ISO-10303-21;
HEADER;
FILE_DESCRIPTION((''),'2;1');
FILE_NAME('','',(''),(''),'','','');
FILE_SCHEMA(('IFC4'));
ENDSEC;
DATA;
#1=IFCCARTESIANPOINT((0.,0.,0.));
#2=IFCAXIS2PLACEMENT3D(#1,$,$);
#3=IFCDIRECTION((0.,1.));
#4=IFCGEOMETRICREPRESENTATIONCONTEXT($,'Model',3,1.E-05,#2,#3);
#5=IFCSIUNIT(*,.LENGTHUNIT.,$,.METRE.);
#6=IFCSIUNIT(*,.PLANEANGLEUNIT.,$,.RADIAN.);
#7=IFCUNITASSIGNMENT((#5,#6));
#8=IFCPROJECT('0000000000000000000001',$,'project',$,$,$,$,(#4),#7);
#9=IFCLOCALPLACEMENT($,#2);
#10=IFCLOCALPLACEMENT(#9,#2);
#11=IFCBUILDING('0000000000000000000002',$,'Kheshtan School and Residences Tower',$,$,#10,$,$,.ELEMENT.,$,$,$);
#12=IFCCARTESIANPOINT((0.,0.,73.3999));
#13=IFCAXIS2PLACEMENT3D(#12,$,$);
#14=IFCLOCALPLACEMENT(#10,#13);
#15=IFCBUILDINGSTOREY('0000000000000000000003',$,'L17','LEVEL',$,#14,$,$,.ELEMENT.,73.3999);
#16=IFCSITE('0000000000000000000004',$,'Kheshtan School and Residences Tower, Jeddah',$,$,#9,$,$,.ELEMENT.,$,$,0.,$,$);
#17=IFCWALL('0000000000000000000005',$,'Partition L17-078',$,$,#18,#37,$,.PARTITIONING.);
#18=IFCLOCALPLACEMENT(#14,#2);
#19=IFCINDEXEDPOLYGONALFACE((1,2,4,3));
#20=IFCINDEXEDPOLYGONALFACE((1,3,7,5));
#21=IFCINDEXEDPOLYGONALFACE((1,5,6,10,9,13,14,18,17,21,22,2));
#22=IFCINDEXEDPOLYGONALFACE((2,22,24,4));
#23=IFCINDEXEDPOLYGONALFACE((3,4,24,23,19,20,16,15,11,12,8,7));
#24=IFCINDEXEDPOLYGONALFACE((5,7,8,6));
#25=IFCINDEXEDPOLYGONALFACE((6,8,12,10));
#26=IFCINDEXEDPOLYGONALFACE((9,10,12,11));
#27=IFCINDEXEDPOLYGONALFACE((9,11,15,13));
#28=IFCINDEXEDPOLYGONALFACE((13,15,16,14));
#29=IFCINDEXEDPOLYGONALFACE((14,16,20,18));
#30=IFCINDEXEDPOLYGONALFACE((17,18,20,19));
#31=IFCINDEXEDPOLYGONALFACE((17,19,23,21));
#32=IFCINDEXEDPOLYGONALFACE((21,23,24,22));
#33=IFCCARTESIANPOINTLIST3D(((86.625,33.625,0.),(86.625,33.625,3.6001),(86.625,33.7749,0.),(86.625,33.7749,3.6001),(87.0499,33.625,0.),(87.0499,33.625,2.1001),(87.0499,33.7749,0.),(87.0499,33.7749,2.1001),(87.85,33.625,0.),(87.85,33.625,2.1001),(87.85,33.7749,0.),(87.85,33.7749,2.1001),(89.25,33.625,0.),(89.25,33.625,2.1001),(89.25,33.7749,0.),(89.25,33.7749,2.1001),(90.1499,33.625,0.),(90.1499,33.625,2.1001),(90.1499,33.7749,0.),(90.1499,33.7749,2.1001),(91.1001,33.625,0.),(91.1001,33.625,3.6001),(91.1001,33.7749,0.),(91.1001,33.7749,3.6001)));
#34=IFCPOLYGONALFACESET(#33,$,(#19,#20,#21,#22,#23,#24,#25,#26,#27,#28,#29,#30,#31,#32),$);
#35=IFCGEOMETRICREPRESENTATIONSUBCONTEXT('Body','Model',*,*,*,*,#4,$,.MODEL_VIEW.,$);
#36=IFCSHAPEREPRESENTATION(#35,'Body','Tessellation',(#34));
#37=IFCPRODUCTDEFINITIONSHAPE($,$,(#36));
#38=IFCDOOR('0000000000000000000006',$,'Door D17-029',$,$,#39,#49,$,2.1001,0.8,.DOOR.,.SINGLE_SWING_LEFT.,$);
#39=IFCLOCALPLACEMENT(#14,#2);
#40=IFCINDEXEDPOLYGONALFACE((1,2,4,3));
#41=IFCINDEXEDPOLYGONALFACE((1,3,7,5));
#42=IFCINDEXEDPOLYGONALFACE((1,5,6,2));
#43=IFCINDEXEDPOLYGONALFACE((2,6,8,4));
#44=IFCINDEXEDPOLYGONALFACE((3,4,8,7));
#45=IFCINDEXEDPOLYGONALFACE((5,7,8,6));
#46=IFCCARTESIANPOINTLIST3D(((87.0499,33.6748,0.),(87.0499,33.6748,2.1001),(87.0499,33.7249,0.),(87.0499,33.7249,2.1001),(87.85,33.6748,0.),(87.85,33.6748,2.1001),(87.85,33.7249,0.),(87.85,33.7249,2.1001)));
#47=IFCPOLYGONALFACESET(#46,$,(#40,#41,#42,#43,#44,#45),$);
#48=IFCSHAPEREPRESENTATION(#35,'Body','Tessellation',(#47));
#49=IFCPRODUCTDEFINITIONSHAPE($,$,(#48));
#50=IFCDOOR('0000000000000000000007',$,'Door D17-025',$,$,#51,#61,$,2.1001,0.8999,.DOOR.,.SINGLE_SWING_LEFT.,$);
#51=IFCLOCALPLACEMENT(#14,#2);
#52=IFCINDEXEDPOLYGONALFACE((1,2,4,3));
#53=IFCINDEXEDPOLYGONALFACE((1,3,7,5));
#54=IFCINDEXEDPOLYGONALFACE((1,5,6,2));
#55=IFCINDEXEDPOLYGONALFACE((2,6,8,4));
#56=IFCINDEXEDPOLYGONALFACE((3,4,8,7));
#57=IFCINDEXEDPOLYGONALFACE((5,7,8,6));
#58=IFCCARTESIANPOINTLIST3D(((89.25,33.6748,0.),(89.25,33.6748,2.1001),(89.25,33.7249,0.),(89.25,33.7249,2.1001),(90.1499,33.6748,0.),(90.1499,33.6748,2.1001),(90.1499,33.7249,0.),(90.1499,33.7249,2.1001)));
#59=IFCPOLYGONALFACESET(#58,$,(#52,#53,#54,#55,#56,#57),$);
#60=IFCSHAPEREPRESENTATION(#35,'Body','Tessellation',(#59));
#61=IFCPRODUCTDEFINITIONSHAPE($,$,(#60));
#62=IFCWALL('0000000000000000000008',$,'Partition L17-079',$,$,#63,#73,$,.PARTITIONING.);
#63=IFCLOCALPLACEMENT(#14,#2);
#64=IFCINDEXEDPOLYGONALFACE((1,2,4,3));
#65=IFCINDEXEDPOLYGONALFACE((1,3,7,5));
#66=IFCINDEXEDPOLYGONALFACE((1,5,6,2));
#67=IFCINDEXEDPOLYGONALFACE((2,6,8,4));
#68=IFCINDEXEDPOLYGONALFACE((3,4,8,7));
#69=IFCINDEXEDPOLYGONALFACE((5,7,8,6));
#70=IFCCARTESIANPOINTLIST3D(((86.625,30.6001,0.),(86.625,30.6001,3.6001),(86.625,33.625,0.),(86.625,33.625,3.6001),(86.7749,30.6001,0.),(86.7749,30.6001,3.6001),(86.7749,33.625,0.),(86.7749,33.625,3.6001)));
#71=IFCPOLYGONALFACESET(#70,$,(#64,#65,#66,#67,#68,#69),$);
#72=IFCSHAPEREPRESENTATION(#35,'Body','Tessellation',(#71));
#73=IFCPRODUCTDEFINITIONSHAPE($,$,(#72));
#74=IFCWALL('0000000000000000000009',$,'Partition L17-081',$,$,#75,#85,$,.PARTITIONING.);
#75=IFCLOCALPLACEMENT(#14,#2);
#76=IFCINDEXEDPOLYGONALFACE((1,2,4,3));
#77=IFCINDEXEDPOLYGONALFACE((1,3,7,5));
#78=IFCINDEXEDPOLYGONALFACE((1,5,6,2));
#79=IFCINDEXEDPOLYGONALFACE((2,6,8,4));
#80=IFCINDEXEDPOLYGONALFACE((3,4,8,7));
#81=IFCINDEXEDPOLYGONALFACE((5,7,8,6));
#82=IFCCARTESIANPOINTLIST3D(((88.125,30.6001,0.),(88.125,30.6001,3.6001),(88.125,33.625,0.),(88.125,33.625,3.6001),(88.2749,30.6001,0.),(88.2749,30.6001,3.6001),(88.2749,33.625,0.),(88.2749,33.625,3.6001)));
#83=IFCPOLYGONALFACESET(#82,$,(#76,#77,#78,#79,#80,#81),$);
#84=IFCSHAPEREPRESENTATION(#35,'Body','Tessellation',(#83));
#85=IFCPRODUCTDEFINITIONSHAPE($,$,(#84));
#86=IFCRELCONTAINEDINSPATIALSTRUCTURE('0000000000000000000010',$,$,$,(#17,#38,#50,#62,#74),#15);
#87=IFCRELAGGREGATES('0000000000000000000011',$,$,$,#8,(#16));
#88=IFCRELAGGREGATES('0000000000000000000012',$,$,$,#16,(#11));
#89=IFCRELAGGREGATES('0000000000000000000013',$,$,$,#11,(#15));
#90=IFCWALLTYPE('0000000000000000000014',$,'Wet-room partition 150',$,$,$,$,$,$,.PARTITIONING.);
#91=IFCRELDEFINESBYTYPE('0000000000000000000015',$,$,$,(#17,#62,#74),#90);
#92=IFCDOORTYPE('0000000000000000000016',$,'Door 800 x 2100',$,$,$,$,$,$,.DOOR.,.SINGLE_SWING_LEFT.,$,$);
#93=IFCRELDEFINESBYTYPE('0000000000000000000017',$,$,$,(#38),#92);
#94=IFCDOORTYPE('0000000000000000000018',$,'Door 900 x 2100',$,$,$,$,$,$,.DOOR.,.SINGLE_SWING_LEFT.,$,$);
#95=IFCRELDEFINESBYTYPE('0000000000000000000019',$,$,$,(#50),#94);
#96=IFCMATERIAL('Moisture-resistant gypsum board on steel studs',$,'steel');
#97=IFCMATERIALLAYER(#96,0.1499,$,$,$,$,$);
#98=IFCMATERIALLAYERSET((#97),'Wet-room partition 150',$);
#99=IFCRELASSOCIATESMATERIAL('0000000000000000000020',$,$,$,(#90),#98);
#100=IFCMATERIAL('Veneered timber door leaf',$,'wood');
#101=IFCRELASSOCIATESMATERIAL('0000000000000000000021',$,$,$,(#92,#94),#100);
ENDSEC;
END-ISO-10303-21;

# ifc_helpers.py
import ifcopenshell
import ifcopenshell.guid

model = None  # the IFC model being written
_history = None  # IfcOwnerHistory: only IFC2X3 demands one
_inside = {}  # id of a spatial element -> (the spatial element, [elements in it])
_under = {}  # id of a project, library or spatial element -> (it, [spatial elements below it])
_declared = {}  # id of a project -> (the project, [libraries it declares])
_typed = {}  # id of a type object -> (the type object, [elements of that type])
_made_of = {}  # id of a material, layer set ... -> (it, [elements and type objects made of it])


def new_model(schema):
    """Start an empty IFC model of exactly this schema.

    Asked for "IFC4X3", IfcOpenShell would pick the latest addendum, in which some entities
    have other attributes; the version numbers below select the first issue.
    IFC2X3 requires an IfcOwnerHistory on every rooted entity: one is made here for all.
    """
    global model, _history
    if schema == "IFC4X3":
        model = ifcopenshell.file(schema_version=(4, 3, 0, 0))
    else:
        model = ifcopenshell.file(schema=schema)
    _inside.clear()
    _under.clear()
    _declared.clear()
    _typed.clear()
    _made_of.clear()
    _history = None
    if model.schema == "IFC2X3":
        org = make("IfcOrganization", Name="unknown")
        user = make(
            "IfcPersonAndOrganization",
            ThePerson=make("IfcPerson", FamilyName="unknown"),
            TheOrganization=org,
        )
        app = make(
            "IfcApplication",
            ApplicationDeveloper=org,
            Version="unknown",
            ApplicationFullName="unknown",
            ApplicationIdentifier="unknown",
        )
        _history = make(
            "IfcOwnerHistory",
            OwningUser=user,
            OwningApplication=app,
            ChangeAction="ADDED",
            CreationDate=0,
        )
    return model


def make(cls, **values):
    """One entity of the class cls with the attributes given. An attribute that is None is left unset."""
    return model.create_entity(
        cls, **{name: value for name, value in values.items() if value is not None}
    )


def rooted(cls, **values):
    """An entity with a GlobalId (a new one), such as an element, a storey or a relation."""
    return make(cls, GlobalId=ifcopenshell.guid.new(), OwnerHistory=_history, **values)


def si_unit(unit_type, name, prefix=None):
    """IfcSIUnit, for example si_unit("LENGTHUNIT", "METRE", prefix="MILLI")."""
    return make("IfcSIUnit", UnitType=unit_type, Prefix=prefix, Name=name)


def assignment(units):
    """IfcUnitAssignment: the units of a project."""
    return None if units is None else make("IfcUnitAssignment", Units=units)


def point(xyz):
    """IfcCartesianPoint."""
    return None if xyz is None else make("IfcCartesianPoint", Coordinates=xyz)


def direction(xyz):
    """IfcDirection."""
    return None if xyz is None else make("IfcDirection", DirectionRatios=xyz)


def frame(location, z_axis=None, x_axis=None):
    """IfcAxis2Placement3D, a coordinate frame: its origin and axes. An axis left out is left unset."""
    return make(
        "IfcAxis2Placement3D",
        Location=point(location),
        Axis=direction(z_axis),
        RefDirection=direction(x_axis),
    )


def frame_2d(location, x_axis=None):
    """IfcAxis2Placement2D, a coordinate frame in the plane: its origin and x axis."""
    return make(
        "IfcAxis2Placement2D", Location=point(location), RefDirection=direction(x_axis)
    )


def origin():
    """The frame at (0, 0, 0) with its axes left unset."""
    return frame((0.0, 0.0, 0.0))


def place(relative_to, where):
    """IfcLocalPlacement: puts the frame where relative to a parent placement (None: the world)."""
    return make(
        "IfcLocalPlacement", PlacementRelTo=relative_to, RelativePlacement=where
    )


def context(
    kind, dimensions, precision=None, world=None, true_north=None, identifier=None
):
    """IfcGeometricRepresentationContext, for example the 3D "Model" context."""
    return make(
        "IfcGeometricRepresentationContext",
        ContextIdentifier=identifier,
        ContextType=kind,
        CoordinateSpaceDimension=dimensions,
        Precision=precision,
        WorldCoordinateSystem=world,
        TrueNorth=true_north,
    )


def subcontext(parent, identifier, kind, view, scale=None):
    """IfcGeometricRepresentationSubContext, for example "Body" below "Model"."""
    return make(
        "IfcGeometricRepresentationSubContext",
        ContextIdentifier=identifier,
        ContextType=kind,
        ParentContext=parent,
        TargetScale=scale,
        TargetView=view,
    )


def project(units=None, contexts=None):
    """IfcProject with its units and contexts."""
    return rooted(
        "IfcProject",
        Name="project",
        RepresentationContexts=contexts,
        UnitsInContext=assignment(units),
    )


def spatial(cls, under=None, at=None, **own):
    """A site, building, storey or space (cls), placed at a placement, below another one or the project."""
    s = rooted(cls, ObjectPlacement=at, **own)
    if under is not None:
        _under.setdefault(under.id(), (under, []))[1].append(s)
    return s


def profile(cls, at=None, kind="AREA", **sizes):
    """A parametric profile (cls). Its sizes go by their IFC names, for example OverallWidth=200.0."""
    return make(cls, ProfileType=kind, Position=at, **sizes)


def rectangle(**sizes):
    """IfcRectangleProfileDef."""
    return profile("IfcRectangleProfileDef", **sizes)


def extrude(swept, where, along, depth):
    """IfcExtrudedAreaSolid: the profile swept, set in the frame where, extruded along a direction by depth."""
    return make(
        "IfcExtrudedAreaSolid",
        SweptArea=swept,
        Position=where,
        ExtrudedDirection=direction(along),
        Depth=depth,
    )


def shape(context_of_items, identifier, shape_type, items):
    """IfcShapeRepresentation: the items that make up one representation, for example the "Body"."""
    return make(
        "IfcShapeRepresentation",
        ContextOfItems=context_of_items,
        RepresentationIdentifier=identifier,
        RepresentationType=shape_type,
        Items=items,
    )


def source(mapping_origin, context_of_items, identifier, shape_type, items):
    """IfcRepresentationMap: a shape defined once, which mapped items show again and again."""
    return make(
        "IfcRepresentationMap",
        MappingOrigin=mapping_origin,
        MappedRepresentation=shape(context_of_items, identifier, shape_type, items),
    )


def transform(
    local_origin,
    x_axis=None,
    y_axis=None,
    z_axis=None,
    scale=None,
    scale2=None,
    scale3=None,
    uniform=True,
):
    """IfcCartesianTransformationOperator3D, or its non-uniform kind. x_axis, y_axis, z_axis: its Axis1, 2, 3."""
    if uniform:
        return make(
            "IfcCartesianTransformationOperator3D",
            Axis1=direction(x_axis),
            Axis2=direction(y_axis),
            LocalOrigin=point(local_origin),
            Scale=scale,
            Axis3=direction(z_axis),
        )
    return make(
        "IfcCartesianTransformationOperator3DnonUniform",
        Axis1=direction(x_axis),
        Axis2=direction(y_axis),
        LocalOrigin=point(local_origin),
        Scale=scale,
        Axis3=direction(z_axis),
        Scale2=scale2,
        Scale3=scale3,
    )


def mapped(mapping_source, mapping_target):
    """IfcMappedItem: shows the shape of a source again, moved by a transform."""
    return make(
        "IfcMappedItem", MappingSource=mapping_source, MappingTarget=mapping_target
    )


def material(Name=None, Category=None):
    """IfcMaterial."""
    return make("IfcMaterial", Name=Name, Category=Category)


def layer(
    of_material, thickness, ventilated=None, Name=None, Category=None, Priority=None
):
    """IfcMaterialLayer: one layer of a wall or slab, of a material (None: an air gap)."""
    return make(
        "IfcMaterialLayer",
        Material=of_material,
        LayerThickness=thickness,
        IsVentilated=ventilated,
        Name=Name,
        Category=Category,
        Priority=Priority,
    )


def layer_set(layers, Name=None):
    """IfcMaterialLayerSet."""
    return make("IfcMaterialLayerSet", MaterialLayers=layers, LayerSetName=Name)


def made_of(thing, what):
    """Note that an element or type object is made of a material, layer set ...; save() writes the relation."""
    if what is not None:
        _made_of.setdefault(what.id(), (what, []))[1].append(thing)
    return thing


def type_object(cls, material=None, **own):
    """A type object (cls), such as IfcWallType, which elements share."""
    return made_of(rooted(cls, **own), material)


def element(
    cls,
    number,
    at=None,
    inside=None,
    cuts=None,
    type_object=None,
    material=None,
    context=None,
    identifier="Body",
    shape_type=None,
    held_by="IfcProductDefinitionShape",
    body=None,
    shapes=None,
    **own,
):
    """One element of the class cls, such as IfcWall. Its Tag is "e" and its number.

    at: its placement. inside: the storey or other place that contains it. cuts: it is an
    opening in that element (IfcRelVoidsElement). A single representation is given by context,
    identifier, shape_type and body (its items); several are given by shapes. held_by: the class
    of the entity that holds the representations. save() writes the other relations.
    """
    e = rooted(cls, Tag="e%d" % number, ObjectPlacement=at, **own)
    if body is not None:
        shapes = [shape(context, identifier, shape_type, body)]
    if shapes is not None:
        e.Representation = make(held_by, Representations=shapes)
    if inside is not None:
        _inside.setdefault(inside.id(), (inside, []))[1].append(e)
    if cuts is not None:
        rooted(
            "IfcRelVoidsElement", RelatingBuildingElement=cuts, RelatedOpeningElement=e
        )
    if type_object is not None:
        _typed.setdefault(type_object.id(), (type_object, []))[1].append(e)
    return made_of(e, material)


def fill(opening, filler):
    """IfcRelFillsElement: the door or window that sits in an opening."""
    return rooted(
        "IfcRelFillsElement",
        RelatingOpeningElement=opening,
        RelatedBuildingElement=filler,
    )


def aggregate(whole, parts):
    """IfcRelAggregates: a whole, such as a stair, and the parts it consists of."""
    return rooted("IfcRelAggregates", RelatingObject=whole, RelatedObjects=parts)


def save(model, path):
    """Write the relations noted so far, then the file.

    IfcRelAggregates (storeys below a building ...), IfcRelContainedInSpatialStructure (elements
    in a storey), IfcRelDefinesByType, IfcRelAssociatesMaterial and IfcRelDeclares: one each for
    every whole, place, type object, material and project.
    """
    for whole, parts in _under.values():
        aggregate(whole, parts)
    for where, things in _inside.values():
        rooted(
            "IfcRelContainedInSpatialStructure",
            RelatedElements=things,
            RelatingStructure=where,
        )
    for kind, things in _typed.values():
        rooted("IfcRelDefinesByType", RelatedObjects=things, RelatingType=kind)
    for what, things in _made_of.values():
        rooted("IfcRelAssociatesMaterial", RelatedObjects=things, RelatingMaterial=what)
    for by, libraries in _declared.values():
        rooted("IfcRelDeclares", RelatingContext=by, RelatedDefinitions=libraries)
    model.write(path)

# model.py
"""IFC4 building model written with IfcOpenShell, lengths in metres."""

from ifc_helpers import new_model, si_unit, direction, frame, frame_2d, origin, place, context, subcontext, project, spatial, rectangle, extrude, source, transform, mapped, material, layer, layer_set, type_object, element, fill, save


model = new_model("IFC4")

# Units and contexts
model_context = context("Model", 3, precision=1e-05, world=origin(), true_north=direction((0.0, 1.0)))
body_context = subcontext(model_context, "Body", "Model", "MODEL_VIEW")
ifc_project = project(units=[si_unit("LENGTHUNIT", "METRE"), si_unit("PLANEANGLEUNIT", "RADIAN")], contexts=[model_context])

# Site, building, storey
site_placement = place(None, origin())
site = spatial("IfcSite", under=ifc_project, at=site_placement, Name="Kheshtan School and Residences Tower, Jeddah", CompositionType="ELEMENT", RefElevation=0.0)
building_placement = place(site_placement, origin())
building = spatial("IfcBuilding", under=site, at=building_placement, Name="Kheshtan School and Residences Tower", CompositionType="ELEMENT")
storey_placement = place(building_placement, frame((0.0, 0.0, 73.3999)))
storey = spatial("IfcBuildingStorey", under=building, at=storey_placement, Name="L17", Description="LEVEL", CompositionType="ELEMENT", Elevation=73.3999)

# Shared definitions
ifc_material_1 = material(Name="Moisture-resistant gypsum board on steel studs", Category="steel")
ifc_layer_1 = layer(ifc_material_1, 0.1499)
ifc_layer_set_1 = layer_set([ifc_layer_1], Name="Wet-room partition 150")
wall_type_1 = type_object("IfcWallType", Name="Wet-room partition 150", PredefinedType="PARTITIONING", material=ifc_layer_set_1)

# Shared definitions
ifc_material_2 = material(Name="Veneered timber door leaf", Category="wood")
door_type_1 = type_object("IfcDoorType", Name="Door 800 x 2100", OperationType="SINGLE_SWING_LEFT", PredefinedType="DOOR", material=ifc_material_2)
shared_shape_1 = source(origin(), body_context, "Body", "SweptSolid", [
    extrude(rectangle(XDim=0.8, YDim=2.1001, at=frame_2d((0.3999, 1.05))), frame((0.0, 0.0249, 0.0), z_axis=(0.0, -1.0, 0.0), x_axis=(1.0, 0.0, 0.0)), (0.0, 0.0, 1.0), 0.05),
])
door_type_2 = type_object("IfcDoorType", Name="Door 900 x 2100", OperationType="SINGLE_SWING_LEFT", PredefinedType="DOOR", material=ifc_material_2)
shared_shape_2 = source(origin(), body_context, "Body", "SweptSolid", [
    extrude(rectangle(XDim=0.8999, YDim=2.1001, at=frame_2d((0.45, 1.05))), frame((0.0, 0.0249, 0.0), z_axis=(0.0, -1.0, 0.0), x_axis=(1.0, 0.0, 0.0)), (0.0, 0.0, 1.0), 0.05),
])

# Wall, openings, doors
wall_1_placement = place(storey_placement, frame((86.625, 33.7, 0.0), z_axis=(0.0, 0.0, 1.0), x_axis=(1.0, 0.0, 0.0)))
wall_1 = element("IfcWall", 1, at=wall_1_placement, inside=storey, type_object=wall_type_1, Name="Partition L17-078", PredefinedType="PARTITIONING", context=body_context, shape_type="SweptSolid", body=[
    extrude(rectangle(XDim=4.4751, YDim=0.1499, at=frame_2d((2.2375, 0.0))), origin(), (0.0, 0.0, 1.0), 3.6001),
])
opening_1_placement = place(wall_1_placement, frame((2.625, 0.0, 0.0)))
opening_1 = element("IfcOpeningElement", 2, at=opening_1_placement, cuts=wall_1, PredefinedType="OPENING", context=body_context, shape_type="SweptSolid", body=[
    extrude(rectangle(XDim=0.8999, YDim=2.1001, at=frame_2d((0.45, 1.05))), frame((0.0, 0.085, 0.0), z_axis=(0.0, -1.0, 0.0), x_axis=(1.0, 0.0, 0.0)), (0.0, 0.0, 1.0), 0.1699),
])
opening_2_placement = place(wall_1_placement, frame((0.425, 0.0, 0.0)))
opening_2 = element("IfcOpeningElement", 3, at=opening_2_placement, cuts=wall_1, PredefinedType="OPENING", context=body_context, shape_type="SweptSolid", body=[
    extrude(rectangle(XDim=0.8, YDim=2.1001, at=frame_2d((0.3999, 1.05))), frame((0.0, 0.085, 0.0), z_axis=(0.0, -1.0, 0.0), x_axis=(1.0, 0.0, 0.0)), (0.0, 0.0, 1.0), 0.1699),
])
door_1_placement = place(opening_2_placement, origin())
door_1 = element("IfcDoor", 4, at=door_1_placement, inside=storey, type_object=door_type_1, Name="Door D17-029", OperationType="SINGLE_SWING_LEFT", OverallHeight=2.1001, OverallWidth=0.8, PredefinedType="DOOR", context=body_context, shape_type="MappedRepresentation", body=[
    mapped(shared_shape_1, transform((0.0, 0.0, 0.0), x_axis=(1.0, 0.0, 0.0), y_axis=(0.0, 1.0, 0.0), z_axis=(0.0, 0.0, 1.0), scale=1.0)),
])
fill(opening_2, door_1)
door_2_placement = place(opening_1_placement, origin())
door_2 = element("IfcDoor", 5, at=door_2_placement, inside=storey, type_object=door_type_2, Name="Door D17-025", OperationType="SINGLE_SWING_LEFT", OverallHeight=2.1001, OverallWidth=0.8999, PredefinedType="DOOR", context=body_context, shape_type="MappedRepresentation", body=[
    mapped(shared_shape_2, transform((0.0, 0.0, 0.0), x_axis=(1.0, 0.0, 0.0), y_axis=(0.0, 1.0, 0.0), z_axis=(0.0, 0.0, 1.0), scale=1.0)),
])
fill(opening_1, door_2)

# Walls
for number, where, z_axis, x_axis, name in (
    (6, (86.7, 30.6001, 0.0), (0.0, 0.0, 1.0), (0.0, 1.0, 0.0), "Partition L17-079"),
    (7, (88.2, 30.6001, 0.0), (0.0, 0.0, 1.0), (0.0, 1.0, 0.0), "Partition L17-081"),
):
    element("IfcWall", number, at=place(storey_placement, frame(where, z_axis=z_axis, x_axis=x_axis)), inside=storey, type_object=wall_type_1, Name=name, PredefinedType="PARTITIONING", context=body_context, shape_type="SweptSolid", body=[
        extrude(rectangle(XDim=3.0249, YDim=0.1499, at=frame_2d((1.5125, 0.0))), origin(), (0.0, 0.0, 1.0), 3.6001),
    ])

save(model, "model.ifc")
